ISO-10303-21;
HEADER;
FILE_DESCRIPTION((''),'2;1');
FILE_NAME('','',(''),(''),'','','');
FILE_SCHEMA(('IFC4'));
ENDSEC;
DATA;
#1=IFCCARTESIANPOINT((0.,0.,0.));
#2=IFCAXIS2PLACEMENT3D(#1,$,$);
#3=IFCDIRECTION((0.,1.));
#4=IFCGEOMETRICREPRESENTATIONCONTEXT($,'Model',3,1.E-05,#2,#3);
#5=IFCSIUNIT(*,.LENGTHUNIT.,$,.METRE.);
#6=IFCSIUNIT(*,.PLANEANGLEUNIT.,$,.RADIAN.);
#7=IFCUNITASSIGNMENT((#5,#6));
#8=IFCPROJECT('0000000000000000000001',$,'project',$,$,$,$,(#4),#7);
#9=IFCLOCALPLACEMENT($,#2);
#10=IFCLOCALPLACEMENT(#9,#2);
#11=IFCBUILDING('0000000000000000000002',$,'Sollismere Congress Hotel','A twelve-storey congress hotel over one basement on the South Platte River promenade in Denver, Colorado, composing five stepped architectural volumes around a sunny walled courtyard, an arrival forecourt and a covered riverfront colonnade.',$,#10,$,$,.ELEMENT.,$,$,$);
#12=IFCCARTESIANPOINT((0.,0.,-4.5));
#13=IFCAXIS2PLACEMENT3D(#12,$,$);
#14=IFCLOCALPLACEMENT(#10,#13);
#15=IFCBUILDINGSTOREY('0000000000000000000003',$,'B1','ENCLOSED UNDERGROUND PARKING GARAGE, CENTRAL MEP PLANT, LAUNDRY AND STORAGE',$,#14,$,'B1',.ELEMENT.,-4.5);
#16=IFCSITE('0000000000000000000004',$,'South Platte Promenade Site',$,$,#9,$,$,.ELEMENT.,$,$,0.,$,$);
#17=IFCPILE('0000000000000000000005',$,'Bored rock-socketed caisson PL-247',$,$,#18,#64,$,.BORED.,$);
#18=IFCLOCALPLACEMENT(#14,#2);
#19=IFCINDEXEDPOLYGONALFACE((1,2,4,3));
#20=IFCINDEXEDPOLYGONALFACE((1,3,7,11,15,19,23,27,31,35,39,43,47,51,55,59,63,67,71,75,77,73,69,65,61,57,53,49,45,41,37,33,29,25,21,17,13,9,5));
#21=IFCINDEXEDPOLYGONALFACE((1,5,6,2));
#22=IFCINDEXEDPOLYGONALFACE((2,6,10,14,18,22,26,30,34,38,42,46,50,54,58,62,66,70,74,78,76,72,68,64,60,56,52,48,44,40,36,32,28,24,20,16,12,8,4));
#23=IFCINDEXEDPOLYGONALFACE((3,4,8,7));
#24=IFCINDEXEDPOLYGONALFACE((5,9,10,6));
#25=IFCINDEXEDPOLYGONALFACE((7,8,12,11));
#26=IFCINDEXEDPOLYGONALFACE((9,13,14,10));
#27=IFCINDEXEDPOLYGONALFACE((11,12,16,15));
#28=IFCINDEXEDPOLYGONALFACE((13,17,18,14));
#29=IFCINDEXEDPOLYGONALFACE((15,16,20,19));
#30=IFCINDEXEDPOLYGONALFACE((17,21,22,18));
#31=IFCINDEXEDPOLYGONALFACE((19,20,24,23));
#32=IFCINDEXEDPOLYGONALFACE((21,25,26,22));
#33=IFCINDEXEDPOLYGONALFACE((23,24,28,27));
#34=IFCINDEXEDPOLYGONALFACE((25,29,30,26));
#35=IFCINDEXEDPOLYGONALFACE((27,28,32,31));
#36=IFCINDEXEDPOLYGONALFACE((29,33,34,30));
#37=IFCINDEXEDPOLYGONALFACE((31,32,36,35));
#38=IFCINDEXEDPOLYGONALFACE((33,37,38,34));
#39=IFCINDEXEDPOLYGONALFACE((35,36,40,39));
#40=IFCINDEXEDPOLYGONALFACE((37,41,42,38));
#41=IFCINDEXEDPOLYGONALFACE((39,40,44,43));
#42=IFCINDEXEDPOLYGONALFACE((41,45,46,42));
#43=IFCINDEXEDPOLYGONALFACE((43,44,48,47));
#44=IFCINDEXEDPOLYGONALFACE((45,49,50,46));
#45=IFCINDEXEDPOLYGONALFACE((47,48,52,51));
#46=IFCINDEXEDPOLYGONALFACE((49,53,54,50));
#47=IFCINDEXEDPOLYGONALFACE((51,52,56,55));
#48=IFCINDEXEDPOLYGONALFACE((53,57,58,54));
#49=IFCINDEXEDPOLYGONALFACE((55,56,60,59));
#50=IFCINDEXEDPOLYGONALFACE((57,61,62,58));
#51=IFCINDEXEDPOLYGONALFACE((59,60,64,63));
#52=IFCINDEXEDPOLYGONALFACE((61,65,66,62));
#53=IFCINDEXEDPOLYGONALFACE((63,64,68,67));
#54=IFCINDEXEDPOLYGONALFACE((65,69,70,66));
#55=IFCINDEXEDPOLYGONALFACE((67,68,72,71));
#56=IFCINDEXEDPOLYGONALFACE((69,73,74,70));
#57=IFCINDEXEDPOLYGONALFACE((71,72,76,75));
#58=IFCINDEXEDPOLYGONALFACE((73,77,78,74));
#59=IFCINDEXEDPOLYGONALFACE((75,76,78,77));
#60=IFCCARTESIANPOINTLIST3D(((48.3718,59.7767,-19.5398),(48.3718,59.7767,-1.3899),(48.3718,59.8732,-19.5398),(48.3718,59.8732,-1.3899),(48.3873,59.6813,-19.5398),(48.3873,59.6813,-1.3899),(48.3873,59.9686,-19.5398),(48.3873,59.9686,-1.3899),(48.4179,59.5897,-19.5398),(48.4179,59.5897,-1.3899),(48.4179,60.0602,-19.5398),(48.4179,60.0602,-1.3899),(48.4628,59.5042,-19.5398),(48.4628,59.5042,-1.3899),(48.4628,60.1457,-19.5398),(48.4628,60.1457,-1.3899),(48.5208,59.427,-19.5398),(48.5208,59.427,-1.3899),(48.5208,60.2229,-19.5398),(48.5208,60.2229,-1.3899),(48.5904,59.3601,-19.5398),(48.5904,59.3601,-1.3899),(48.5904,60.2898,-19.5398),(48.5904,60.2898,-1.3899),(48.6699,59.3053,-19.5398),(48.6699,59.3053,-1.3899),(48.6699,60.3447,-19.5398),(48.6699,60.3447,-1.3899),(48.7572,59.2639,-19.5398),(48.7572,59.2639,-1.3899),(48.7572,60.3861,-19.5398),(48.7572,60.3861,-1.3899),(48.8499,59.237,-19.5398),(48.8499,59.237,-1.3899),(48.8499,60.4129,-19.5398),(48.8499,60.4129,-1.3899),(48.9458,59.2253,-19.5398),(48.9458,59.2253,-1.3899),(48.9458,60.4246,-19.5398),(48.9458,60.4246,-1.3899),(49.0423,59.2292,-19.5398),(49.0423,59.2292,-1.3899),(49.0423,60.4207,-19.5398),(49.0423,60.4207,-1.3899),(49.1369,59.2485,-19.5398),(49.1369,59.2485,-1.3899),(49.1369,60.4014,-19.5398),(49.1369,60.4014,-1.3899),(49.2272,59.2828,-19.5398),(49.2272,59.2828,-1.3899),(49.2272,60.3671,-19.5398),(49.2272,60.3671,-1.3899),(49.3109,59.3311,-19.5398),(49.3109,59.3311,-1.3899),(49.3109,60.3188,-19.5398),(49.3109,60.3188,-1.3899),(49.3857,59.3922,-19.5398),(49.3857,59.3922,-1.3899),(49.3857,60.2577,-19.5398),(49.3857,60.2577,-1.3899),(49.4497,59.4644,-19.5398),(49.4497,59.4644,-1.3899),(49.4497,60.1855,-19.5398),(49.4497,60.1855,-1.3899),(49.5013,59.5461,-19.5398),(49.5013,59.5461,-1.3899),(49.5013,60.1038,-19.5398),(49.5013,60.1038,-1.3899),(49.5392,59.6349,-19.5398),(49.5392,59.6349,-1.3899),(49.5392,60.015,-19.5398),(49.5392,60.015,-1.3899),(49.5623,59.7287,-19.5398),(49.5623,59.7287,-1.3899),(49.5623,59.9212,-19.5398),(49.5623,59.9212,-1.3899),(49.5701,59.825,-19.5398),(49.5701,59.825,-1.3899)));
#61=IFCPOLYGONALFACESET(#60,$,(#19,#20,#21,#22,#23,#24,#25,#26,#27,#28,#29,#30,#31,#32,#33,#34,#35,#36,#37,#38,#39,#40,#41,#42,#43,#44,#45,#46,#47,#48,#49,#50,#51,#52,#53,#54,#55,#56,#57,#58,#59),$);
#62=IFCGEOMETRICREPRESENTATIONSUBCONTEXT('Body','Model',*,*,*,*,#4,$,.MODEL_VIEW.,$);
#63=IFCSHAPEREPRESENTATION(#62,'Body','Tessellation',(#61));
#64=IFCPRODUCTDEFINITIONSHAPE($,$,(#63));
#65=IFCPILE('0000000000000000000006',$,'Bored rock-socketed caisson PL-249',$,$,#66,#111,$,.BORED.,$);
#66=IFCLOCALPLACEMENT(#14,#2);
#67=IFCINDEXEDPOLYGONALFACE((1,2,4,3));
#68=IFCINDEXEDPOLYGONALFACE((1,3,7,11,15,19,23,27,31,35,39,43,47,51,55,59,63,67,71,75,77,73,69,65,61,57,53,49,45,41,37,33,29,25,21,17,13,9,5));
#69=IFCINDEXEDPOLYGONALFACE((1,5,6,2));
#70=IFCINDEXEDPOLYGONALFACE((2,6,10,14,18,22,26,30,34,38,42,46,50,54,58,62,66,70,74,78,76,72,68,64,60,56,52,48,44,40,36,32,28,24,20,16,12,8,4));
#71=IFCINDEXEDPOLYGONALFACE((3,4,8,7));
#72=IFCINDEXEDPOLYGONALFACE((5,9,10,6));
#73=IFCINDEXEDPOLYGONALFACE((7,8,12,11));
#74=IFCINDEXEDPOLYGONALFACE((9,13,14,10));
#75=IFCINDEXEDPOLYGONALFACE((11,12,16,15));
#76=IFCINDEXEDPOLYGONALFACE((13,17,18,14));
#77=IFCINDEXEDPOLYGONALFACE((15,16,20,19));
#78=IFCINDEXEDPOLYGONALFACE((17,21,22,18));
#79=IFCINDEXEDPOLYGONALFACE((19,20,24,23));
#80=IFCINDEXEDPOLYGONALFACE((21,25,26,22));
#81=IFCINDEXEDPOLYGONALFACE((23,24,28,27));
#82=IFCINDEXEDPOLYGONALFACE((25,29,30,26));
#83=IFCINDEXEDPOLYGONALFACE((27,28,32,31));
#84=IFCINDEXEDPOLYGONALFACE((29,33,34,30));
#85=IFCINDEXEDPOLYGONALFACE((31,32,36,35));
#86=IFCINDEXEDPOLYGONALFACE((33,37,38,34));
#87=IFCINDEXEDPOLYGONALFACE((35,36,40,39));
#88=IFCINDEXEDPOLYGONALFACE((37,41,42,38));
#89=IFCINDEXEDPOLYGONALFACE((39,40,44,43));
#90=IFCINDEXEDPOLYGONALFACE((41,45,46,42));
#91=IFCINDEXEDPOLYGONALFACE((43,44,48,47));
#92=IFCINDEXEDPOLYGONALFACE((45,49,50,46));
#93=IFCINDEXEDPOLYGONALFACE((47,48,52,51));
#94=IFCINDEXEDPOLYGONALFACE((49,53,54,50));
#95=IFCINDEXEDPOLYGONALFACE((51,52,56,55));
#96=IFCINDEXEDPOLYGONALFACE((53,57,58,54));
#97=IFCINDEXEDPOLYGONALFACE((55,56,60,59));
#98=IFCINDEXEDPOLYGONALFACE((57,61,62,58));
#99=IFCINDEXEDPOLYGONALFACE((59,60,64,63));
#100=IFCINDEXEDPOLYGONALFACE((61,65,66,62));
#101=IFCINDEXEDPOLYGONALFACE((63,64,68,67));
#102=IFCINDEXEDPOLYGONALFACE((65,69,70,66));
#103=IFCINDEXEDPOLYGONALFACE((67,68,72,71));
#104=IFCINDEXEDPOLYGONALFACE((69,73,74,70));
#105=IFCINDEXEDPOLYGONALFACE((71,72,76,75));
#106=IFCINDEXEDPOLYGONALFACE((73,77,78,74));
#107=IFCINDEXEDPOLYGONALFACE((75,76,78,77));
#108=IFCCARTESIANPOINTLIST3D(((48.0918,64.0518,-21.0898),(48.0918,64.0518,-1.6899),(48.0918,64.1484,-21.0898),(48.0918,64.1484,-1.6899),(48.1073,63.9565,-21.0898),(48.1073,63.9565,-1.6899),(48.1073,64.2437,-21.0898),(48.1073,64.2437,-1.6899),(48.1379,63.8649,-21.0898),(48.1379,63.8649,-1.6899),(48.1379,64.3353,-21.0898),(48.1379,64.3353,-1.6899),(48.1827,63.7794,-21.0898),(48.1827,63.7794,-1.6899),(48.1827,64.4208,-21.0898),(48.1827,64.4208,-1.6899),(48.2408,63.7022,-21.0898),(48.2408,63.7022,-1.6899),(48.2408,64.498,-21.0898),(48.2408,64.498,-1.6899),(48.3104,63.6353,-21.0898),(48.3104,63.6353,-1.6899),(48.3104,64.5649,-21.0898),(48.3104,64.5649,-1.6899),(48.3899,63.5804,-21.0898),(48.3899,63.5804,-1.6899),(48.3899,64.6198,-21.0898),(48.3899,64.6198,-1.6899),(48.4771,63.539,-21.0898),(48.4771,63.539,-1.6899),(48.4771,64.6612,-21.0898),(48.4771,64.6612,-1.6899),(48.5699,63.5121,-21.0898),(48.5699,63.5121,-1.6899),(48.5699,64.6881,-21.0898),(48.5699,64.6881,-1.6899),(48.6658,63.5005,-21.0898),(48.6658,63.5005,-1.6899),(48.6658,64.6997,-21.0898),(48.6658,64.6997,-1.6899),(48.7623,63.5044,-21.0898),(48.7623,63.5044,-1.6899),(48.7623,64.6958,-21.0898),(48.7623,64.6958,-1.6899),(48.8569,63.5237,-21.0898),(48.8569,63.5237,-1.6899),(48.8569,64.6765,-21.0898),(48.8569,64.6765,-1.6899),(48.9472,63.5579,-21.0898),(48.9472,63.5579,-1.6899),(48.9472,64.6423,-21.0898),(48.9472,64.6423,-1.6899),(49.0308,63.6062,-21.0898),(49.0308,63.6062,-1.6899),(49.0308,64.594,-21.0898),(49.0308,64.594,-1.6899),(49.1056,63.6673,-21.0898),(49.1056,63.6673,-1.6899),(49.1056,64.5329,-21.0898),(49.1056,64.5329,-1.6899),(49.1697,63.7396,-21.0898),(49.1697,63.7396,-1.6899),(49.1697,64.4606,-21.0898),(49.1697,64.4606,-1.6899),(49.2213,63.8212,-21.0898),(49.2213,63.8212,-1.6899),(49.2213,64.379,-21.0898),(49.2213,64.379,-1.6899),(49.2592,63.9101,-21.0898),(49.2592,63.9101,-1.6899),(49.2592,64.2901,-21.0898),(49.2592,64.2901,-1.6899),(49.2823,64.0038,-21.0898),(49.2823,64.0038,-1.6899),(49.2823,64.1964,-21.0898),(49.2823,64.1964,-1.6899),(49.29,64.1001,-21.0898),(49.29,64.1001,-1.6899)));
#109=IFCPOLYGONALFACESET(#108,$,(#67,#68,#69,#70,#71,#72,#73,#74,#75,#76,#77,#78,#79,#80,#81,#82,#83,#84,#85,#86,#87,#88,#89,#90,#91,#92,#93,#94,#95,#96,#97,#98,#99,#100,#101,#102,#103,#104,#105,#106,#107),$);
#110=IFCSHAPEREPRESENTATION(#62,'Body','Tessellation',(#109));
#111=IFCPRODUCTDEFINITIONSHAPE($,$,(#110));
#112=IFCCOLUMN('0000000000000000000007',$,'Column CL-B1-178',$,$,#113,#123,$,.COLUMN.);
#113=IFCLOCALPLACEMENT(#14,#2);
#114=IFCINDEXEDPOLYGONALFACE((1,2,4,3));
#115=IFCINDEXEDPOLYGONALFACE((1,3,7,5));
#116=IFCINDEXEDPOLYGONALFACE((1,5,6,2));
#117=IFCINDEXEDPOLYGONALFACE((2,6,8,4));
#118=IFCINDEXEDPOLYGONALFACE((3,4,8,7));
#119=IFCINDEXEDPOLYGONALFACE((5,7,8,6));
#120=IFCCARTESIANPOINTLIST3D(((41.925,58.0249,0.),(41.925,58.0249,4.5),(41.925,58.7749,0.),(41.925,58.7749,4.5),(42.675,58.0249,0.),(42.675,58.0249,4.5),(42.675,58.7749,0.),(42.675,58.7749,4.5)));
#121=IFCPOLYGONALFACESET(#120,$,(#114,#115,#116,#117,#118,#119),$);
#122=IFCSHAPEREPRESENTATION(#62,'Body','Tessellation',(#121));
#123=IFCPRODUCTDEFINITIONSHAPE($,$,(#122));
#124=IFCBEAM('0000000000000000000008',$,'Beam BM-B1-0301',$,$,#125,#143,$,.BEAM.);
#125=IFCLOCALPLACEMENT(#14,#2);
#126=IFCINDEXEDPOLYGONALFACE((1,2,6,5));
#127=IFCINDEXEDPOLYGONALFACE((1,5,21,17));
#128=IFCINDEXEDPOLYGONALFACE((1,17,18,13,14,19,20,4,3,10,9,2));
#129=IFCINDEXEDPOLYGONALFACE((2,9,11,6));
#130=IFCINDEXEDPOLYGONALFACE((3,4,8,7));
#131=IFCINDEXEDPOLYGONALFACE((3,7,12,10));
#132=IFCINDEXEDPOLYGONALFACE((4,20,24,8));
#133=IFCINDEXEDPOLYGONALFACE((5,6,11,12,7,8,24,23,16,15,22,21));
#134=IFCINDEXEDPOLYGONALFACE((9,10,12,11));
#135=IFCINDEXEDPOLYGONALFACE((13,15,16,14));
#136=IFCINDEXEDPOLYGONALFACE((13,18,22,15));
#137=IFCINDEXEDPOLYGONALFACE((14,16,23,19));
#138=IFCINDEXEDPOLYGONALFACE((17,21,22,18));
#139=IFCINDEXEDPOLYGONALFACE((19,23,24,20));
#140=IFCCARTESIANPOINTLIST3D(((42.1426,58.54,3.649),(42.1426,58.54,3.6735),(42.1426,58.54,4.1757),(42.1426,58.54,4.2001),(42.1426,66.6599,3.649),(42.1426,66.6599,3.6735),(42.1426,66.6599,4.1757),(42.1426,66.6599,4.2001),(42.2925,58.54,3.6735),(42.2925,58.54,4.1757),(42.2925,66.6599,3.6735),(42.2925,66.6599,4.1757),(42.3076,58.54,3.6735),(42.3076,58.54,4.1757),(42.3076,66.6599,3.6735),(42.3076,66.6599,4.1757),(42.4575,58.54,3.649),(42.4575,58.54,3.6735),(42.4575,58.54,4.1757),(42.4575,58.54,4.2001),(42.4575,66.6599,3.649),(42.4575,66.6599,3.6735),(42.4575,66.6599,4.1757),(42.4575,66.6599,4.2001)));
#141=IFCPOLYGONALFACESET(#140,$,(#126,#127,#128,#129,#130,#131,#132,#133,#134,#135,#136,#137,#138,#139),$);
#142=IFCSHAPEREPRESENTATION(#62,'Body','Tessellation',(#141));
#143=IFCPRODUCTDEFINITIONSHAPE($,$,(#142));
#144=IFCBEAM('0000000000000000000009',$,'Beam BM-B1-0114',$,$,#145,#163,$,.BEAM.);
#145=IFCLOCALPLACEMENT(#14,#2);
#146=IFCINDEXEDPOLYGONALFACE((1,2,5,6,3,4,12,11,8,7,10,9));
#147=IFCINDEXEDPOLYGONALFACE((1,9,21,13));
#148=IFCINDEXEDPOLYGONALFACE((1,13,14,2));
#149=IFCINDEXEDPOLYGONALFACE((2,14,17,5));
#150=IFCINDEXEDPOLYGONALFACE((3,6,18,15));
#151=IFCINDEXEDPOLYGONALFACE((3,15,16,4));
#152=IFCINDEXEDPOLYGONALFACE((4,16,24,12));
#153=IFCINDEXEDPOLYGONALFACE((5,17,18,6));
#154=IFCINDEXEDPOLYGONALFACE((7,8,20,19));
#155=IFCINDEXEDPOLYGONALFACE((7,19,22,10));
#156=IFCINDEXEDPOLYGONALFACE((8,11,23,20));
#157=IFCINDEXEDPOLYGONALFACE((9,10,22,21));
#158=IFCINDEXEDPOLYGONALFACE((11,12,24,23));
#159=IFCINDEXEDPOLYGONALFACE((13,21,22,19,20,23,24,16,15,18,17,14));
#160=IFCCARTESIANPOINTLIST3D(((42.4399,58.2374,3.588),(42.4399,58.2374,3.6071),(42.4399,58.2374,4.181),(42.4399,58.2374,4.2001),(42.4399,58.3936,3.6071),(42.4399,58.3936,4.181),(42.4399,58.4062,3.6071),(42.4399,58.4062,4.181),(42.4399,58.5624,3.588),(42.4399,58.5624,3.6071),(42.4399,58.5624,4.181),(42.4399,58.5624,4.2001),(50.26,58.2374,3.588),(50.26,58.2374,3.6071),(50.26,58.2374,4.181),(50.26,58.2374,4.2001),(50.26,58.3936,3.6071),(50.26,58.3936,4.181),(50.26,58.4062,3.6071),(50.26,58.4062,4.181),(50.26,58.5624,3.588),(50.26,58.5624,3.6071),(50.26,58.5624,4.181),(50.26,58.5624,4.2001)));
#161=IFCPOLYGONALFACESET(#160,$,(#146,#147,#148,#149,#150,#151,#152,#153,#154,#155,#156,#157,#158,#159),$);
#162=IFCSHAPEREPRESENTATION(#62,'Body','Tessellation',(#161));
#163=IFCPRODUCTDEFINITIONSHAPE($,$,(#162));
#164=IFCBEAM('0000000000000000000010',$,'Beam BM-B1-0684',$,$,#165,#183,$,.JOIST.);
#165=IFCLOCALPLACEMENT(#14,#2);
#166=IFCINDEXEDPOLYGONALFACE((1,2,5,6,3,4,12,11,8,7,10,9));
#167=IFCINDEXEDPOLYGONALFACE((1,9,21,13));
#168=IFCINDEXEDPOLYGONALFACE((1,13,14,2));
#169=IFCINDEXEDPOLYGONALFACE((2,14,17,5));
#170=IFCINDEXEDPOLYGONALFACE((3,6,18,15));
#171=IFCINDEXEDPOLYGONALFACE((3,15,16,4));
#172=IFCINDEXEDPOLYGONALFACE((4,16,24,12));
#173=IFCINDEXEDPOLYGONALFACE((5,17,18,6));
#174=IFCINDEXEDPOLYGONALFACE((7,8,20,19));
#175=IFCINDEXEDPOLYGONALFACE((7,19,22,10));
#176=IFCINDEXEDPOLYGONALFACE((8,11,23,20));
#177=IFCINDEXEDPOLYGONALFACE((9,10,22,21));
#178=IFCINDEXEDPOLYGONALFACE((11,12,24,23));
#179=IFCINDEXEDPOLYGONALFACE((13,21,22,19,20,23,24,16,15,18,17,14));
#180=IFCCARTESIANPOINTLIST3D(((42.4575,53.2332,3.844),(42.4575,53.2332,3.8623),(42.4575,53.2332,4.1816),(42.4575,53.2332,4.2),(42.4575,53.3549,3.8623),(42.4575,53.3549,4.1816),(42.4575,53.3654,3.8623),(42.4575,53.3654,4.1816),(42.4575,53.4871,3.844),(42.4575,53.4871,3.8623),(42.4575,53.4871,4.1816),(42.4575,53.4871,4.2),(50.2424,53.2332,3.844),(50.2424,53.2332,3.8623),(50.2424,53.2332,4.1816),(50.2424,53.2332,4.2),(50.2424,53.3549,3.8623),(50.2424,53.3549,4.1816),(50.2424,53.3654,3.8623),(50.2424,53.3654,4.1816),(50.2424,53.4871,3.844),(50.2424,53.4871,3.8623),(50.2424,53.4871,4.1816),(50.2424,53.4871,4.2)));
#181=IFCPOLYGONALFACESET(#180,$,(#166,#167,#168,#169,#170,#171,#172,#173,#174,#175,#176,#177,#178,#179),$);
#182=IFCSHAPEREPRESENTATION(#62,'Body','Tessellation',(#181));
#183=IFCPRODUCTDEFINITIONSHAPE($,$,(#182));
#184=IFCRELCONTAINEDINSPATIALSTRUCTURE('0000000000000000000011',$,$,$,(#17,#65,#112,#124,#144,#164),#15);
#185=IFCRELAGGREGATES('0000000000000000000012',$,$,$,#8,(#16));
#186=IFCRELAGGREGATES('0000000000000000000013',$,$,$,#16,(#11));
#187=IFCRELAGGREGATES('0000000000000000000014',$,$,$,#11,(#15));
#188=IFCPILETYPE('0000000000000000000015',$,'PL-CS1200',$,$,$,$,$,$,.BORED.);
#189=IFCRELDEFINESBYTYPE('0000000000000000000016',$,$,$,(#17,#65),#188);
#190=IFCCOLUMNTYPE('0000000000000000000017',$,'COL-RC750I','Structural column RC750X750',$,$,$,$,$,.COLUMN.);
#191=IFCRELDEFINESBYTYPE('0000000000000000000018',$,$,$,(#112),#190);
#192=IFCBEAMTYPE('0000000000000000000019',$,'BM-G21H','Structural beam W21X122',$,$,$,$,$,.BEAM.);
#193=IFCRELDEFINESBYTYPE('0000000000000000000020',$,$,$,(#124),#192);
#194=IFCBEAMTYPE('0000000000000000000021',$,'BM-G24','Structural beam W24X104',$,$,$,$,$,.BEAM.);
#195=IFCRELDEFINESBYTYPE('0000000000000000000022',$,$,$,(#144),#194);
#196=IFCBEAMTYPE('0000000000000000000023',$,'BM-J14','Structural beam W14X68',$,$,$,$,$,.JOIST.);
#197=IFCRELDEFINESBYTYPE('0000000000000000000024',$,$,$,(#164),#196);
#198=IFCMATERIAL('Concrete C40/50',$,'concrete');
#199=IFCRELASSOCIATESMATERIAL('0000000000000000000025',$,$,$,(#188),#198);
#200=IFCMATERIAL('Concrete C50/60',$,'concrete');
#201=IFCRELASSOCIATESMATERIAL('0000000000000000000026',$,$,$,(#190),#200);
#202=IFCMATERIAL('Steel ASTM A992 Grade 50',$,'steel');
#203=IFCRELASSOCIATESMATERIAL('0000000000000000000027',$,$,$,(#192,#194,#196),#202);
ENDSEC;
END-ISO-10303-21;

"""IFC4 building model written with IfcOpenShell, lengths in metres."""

from ifc_helpers import new_model, si_unit, direction, frame, origin, origin_2d, place, context, subcontext, project, spatial, rectangle, circle, i_section, extrude, material, material_profile, profile_set, type_object, element, save


model = new_model("IFC4")

# Units and contexts
model_context = context("Model", 3, precision=1e-05, world=origin(), true_north=direction((0.0, 1.0)))
body_context = subcontext(model_context, "Body", "Model", "MODEL_VIEW")
ifc_project = project(units=[si_unit("LENGTHUNIT", "METRE"), si_unit("PLANEANGLEUNIT", "RADIAN")], contexts=[model_context])

# Site, building, storey
site_placement = place(None, origin())
site = spatial("IfcSite", under=ifc_project, at=site_placement, Name="South Platte Promenade Site", CompositionType="ELEMENT", RefElevation=0.0)
building_placement = place(site_placement, origin())
building = spatial("IfcBuilding", under=site, at=building_placement, Name="Sollismere Congress Hotel", Description="A twelve-storey congress hotel over one basement on the South Platte River promenade in Denver, Colorado, composing five stepped architectural volumes around a sunny walled courtyard, an arrival forecourt and a covered riverfront colonnade.", CompositionType="ELEMENT")
storey_placement = place(building_placement, frame((0.0, 0.0, -4.5)))
storey = spatial("IfcBuildingStorey", under=building, at=storey_placement, Name="B1", Description="ENCLOSED UNDERGROUND PARKING GARAGE, CENTRAL MEP PLANT, LAUNDRY AND STORAGE", LongName="B1", CompositionType="ELEMENT", Elevation=-4.5)

# Shared definitions
ifc_material_1 = material(Name="Concrete C40/50", Category="concrete")

# Piles
ifc_material_profile_1 = material_profile(ifc_material_1, circle(Radius=0.6001, at=origin_2d()), Name="CAISSON1200")
ifc_profile_set_1 = profile_set([ifc_material_profile_1], Name="Concrete C40/50")
pile_type = type_object("IfcPileType", Name="PL-CS1200", PredefinedType="BORED", material=ifc_profile_set_1)
for number, where, z_axis, x_axis, name in (
    (1, (48.97, 59.825, -1.3899), (0.0, 0.0, -1.0), (1.0, 0.0, 0.0), "Bored rock-socketed caisson PL-247"),
):
    element("IfcPile", number, at=place(storey_placement, frame(where, z_axis=z_axis, x_axis=x_axis)), inside=storey, type_object=pile_type, Name=name, PredefinedType="BORED", context=body_context, shape_type="SweptSolid", body=[
        extrude(circle(Radius=0.6001, at=origin_2d()), origin(), (0.0, 0.0, 1.0), 18.1499),
    ])
pile_1_placement = place(storey_placement, frame((48.6899, 64.1001, -1.6899), z_axis=(0.0, 0.0, -1.0), x_axis=(1.0, 0.0, 0.0)))
element("IfcPile", 2, at=pile_1_placement, inside=storey, type_object=pile_type, Name="Bored rock-socketed caisson PL-249", PredefinedType="BORED", context=body_context, shape_type="SweptSolid", body=[
    extrude(circle(Radius=0.6001, at=origin_2d()), origin(), (0.0, 0.0, 1.0), 19.3999),
])

# Column
ifc_material_2 = material(Name="Concrete C50/60", Category="concrete")
ifc_material_profile_2 = material_profile(ifc_material_2, rectangle(XDim=0.75, YDim=0.75, at=origin_2d()), Name="RC750X750")
ifc_profile_set_2 = profile_set([ifc_material_profile_2], Name="Concrete C50/60")
column_type = type_object("IfcColumnType", Name="COL-RC750I", Description="Structural column RC750X750", PredefinedType="COLUMN", material=ifc_profile_set_2)
column_placement = place(storey_placement, frame((42.3, 58.3999, 0.0), z_axis=(0.0, 0.0, 1.0), x_axis=(1.0, 0.0, 0.0)))
element("IfcColumn", 3, at=column_placement, inside=storey, type_object=column_type, Name="Column CL-B1-178", PredefinedType="COLUMN", context=body_context, shape_type="SweptSolid", body=[
    extrude(rectangle(XDim=0.75, YDim=0.75, at=origin_2d()), origin(), (0.0, 0.0, 1.0), 4.5),
])

# Beams
ifc_material_3 = material(Name="Steel ASTM A992 Grade 50", Category="steel")
ifc_material_profile_3 = material_profile(ifc_material_3, i_section(OverallWidth=0.3149, OverallDepth=0.551, WebThickness=0.0151, FlangeThickness=0.0244, at=origin_2d()), Name="W21X122")
ifc_profile_set_3 = profile_set([ifc_material_profile_3], Name="Steel ASTM A992 Grade 50")
beam_type_1 = type_object("IfcBeamType", Name="BM-G21H", Description="Structural beam W21X122", PredefinedType="BEAM", material=ifc_profile_set_3)
beam_1_placement = place(storey_placement, frame((42.3, 58.54, 3.9246), z_axis=(0.0, 1.0, 0.0), x_axis=(-1.0, 0.0, 0.0)))
element("IfcBeam", 4, at=beam_1_placement, inside=storey, type_object=beam_type_1, Name="Beam BM-B1-0301", PredefinedType="BEAM", context=body_context, shape_type="SweptSolid", body=[
    extrude(i_section(OverallWidth=0.3149, OverallDepth=0.551, WebThickness=0.0151, FlangeThickness=0.0244, at=origin_2d()), origin(), (0.0, 0.0, 1.0), 8.1199),
])
ifc_material_profile_4 = material_profile(ifc_material_3, i_section(OverallWidth=0.325, OverallDepth=0.6121, WebThickness=0.0127, FlangeThickness=0.019, at=origin_2d()), Name="W24X104")
ifc_profile_set_4 = profile_set([ifc_material_profile_4], Name="Steel ASTM A992 Grade 50")
beam_type_2 = type_object("IfcBeamType", Name="BM-G24", Description="Structural beam W24X104", PredefinedType="BEAM", material=ifc_profile_set_4)
beam_2_placement = place(storey_placement, frame((42.4399, 58.3999, 3.894), z_axis=(1.0, 0.0, 0.0), x_axis=(0.0, 1.0, 0.0)))
element("IfcBeam", 5, at=beam_2_placement, inside=storey, type_object=beam_type_2, Name="Beam BM-B1-0114", PredefinedType="BEAM", context=body_context, shape_type="SweptSolid", body=[
    extrude(i_section(OverallWidth=0.325, OverallDepth=0.6121, WebThickness=0.0127, FlangeThickness=0.019, at=origin_2d()), origin(), (0.0, 0.0, 1.0), 7.8201),
])
ifc_material_profile_5 = material_profile(ifc_material_3, i_section(OverallWidth=0.2539, OverallDepth=0.356, WebThickness=0.0105, FlangeThickness=0.0183, at=origin_2d()), Name="W14X68")
ifc_profile_set_5 = profile_set([ifc_material_profile_5], Name="Steel ASTM A992 Grade 50")
beam_type_3 = type_object("IfcBeamType", Name="BM-J14", Description="Structural beam W14X68", PredefinedType="JOIST", material=ifc_profile_set_5)
for number, where, z_axis, x_axis, name in (
    (6, (42.4575, 53.3601, 4.022), (1.0, 0.0, 0.0), (0.0, 1.0, 0.0), "Beam BM-B1-0684"),
):
    element("IfcBeam", number, at=place(storey_placement, frame(where, z_axis=z_axis, x_axis=x_axis)), inside=storey, type_object=beam_type_3, Name=name, PredefinedType="JOIST", context=body_context, shape_type="SweptSolid", body=[
        extrude(i_section(OverallWidth=0.2539, OverallDepth=0.356, WebThickness=0.0105, FlangeThickness=0.0183, at=origin_2d()), origin(), (0.0, 0.0, 1.0), 7.7849),
    ])

save(model, "model.ifc")
